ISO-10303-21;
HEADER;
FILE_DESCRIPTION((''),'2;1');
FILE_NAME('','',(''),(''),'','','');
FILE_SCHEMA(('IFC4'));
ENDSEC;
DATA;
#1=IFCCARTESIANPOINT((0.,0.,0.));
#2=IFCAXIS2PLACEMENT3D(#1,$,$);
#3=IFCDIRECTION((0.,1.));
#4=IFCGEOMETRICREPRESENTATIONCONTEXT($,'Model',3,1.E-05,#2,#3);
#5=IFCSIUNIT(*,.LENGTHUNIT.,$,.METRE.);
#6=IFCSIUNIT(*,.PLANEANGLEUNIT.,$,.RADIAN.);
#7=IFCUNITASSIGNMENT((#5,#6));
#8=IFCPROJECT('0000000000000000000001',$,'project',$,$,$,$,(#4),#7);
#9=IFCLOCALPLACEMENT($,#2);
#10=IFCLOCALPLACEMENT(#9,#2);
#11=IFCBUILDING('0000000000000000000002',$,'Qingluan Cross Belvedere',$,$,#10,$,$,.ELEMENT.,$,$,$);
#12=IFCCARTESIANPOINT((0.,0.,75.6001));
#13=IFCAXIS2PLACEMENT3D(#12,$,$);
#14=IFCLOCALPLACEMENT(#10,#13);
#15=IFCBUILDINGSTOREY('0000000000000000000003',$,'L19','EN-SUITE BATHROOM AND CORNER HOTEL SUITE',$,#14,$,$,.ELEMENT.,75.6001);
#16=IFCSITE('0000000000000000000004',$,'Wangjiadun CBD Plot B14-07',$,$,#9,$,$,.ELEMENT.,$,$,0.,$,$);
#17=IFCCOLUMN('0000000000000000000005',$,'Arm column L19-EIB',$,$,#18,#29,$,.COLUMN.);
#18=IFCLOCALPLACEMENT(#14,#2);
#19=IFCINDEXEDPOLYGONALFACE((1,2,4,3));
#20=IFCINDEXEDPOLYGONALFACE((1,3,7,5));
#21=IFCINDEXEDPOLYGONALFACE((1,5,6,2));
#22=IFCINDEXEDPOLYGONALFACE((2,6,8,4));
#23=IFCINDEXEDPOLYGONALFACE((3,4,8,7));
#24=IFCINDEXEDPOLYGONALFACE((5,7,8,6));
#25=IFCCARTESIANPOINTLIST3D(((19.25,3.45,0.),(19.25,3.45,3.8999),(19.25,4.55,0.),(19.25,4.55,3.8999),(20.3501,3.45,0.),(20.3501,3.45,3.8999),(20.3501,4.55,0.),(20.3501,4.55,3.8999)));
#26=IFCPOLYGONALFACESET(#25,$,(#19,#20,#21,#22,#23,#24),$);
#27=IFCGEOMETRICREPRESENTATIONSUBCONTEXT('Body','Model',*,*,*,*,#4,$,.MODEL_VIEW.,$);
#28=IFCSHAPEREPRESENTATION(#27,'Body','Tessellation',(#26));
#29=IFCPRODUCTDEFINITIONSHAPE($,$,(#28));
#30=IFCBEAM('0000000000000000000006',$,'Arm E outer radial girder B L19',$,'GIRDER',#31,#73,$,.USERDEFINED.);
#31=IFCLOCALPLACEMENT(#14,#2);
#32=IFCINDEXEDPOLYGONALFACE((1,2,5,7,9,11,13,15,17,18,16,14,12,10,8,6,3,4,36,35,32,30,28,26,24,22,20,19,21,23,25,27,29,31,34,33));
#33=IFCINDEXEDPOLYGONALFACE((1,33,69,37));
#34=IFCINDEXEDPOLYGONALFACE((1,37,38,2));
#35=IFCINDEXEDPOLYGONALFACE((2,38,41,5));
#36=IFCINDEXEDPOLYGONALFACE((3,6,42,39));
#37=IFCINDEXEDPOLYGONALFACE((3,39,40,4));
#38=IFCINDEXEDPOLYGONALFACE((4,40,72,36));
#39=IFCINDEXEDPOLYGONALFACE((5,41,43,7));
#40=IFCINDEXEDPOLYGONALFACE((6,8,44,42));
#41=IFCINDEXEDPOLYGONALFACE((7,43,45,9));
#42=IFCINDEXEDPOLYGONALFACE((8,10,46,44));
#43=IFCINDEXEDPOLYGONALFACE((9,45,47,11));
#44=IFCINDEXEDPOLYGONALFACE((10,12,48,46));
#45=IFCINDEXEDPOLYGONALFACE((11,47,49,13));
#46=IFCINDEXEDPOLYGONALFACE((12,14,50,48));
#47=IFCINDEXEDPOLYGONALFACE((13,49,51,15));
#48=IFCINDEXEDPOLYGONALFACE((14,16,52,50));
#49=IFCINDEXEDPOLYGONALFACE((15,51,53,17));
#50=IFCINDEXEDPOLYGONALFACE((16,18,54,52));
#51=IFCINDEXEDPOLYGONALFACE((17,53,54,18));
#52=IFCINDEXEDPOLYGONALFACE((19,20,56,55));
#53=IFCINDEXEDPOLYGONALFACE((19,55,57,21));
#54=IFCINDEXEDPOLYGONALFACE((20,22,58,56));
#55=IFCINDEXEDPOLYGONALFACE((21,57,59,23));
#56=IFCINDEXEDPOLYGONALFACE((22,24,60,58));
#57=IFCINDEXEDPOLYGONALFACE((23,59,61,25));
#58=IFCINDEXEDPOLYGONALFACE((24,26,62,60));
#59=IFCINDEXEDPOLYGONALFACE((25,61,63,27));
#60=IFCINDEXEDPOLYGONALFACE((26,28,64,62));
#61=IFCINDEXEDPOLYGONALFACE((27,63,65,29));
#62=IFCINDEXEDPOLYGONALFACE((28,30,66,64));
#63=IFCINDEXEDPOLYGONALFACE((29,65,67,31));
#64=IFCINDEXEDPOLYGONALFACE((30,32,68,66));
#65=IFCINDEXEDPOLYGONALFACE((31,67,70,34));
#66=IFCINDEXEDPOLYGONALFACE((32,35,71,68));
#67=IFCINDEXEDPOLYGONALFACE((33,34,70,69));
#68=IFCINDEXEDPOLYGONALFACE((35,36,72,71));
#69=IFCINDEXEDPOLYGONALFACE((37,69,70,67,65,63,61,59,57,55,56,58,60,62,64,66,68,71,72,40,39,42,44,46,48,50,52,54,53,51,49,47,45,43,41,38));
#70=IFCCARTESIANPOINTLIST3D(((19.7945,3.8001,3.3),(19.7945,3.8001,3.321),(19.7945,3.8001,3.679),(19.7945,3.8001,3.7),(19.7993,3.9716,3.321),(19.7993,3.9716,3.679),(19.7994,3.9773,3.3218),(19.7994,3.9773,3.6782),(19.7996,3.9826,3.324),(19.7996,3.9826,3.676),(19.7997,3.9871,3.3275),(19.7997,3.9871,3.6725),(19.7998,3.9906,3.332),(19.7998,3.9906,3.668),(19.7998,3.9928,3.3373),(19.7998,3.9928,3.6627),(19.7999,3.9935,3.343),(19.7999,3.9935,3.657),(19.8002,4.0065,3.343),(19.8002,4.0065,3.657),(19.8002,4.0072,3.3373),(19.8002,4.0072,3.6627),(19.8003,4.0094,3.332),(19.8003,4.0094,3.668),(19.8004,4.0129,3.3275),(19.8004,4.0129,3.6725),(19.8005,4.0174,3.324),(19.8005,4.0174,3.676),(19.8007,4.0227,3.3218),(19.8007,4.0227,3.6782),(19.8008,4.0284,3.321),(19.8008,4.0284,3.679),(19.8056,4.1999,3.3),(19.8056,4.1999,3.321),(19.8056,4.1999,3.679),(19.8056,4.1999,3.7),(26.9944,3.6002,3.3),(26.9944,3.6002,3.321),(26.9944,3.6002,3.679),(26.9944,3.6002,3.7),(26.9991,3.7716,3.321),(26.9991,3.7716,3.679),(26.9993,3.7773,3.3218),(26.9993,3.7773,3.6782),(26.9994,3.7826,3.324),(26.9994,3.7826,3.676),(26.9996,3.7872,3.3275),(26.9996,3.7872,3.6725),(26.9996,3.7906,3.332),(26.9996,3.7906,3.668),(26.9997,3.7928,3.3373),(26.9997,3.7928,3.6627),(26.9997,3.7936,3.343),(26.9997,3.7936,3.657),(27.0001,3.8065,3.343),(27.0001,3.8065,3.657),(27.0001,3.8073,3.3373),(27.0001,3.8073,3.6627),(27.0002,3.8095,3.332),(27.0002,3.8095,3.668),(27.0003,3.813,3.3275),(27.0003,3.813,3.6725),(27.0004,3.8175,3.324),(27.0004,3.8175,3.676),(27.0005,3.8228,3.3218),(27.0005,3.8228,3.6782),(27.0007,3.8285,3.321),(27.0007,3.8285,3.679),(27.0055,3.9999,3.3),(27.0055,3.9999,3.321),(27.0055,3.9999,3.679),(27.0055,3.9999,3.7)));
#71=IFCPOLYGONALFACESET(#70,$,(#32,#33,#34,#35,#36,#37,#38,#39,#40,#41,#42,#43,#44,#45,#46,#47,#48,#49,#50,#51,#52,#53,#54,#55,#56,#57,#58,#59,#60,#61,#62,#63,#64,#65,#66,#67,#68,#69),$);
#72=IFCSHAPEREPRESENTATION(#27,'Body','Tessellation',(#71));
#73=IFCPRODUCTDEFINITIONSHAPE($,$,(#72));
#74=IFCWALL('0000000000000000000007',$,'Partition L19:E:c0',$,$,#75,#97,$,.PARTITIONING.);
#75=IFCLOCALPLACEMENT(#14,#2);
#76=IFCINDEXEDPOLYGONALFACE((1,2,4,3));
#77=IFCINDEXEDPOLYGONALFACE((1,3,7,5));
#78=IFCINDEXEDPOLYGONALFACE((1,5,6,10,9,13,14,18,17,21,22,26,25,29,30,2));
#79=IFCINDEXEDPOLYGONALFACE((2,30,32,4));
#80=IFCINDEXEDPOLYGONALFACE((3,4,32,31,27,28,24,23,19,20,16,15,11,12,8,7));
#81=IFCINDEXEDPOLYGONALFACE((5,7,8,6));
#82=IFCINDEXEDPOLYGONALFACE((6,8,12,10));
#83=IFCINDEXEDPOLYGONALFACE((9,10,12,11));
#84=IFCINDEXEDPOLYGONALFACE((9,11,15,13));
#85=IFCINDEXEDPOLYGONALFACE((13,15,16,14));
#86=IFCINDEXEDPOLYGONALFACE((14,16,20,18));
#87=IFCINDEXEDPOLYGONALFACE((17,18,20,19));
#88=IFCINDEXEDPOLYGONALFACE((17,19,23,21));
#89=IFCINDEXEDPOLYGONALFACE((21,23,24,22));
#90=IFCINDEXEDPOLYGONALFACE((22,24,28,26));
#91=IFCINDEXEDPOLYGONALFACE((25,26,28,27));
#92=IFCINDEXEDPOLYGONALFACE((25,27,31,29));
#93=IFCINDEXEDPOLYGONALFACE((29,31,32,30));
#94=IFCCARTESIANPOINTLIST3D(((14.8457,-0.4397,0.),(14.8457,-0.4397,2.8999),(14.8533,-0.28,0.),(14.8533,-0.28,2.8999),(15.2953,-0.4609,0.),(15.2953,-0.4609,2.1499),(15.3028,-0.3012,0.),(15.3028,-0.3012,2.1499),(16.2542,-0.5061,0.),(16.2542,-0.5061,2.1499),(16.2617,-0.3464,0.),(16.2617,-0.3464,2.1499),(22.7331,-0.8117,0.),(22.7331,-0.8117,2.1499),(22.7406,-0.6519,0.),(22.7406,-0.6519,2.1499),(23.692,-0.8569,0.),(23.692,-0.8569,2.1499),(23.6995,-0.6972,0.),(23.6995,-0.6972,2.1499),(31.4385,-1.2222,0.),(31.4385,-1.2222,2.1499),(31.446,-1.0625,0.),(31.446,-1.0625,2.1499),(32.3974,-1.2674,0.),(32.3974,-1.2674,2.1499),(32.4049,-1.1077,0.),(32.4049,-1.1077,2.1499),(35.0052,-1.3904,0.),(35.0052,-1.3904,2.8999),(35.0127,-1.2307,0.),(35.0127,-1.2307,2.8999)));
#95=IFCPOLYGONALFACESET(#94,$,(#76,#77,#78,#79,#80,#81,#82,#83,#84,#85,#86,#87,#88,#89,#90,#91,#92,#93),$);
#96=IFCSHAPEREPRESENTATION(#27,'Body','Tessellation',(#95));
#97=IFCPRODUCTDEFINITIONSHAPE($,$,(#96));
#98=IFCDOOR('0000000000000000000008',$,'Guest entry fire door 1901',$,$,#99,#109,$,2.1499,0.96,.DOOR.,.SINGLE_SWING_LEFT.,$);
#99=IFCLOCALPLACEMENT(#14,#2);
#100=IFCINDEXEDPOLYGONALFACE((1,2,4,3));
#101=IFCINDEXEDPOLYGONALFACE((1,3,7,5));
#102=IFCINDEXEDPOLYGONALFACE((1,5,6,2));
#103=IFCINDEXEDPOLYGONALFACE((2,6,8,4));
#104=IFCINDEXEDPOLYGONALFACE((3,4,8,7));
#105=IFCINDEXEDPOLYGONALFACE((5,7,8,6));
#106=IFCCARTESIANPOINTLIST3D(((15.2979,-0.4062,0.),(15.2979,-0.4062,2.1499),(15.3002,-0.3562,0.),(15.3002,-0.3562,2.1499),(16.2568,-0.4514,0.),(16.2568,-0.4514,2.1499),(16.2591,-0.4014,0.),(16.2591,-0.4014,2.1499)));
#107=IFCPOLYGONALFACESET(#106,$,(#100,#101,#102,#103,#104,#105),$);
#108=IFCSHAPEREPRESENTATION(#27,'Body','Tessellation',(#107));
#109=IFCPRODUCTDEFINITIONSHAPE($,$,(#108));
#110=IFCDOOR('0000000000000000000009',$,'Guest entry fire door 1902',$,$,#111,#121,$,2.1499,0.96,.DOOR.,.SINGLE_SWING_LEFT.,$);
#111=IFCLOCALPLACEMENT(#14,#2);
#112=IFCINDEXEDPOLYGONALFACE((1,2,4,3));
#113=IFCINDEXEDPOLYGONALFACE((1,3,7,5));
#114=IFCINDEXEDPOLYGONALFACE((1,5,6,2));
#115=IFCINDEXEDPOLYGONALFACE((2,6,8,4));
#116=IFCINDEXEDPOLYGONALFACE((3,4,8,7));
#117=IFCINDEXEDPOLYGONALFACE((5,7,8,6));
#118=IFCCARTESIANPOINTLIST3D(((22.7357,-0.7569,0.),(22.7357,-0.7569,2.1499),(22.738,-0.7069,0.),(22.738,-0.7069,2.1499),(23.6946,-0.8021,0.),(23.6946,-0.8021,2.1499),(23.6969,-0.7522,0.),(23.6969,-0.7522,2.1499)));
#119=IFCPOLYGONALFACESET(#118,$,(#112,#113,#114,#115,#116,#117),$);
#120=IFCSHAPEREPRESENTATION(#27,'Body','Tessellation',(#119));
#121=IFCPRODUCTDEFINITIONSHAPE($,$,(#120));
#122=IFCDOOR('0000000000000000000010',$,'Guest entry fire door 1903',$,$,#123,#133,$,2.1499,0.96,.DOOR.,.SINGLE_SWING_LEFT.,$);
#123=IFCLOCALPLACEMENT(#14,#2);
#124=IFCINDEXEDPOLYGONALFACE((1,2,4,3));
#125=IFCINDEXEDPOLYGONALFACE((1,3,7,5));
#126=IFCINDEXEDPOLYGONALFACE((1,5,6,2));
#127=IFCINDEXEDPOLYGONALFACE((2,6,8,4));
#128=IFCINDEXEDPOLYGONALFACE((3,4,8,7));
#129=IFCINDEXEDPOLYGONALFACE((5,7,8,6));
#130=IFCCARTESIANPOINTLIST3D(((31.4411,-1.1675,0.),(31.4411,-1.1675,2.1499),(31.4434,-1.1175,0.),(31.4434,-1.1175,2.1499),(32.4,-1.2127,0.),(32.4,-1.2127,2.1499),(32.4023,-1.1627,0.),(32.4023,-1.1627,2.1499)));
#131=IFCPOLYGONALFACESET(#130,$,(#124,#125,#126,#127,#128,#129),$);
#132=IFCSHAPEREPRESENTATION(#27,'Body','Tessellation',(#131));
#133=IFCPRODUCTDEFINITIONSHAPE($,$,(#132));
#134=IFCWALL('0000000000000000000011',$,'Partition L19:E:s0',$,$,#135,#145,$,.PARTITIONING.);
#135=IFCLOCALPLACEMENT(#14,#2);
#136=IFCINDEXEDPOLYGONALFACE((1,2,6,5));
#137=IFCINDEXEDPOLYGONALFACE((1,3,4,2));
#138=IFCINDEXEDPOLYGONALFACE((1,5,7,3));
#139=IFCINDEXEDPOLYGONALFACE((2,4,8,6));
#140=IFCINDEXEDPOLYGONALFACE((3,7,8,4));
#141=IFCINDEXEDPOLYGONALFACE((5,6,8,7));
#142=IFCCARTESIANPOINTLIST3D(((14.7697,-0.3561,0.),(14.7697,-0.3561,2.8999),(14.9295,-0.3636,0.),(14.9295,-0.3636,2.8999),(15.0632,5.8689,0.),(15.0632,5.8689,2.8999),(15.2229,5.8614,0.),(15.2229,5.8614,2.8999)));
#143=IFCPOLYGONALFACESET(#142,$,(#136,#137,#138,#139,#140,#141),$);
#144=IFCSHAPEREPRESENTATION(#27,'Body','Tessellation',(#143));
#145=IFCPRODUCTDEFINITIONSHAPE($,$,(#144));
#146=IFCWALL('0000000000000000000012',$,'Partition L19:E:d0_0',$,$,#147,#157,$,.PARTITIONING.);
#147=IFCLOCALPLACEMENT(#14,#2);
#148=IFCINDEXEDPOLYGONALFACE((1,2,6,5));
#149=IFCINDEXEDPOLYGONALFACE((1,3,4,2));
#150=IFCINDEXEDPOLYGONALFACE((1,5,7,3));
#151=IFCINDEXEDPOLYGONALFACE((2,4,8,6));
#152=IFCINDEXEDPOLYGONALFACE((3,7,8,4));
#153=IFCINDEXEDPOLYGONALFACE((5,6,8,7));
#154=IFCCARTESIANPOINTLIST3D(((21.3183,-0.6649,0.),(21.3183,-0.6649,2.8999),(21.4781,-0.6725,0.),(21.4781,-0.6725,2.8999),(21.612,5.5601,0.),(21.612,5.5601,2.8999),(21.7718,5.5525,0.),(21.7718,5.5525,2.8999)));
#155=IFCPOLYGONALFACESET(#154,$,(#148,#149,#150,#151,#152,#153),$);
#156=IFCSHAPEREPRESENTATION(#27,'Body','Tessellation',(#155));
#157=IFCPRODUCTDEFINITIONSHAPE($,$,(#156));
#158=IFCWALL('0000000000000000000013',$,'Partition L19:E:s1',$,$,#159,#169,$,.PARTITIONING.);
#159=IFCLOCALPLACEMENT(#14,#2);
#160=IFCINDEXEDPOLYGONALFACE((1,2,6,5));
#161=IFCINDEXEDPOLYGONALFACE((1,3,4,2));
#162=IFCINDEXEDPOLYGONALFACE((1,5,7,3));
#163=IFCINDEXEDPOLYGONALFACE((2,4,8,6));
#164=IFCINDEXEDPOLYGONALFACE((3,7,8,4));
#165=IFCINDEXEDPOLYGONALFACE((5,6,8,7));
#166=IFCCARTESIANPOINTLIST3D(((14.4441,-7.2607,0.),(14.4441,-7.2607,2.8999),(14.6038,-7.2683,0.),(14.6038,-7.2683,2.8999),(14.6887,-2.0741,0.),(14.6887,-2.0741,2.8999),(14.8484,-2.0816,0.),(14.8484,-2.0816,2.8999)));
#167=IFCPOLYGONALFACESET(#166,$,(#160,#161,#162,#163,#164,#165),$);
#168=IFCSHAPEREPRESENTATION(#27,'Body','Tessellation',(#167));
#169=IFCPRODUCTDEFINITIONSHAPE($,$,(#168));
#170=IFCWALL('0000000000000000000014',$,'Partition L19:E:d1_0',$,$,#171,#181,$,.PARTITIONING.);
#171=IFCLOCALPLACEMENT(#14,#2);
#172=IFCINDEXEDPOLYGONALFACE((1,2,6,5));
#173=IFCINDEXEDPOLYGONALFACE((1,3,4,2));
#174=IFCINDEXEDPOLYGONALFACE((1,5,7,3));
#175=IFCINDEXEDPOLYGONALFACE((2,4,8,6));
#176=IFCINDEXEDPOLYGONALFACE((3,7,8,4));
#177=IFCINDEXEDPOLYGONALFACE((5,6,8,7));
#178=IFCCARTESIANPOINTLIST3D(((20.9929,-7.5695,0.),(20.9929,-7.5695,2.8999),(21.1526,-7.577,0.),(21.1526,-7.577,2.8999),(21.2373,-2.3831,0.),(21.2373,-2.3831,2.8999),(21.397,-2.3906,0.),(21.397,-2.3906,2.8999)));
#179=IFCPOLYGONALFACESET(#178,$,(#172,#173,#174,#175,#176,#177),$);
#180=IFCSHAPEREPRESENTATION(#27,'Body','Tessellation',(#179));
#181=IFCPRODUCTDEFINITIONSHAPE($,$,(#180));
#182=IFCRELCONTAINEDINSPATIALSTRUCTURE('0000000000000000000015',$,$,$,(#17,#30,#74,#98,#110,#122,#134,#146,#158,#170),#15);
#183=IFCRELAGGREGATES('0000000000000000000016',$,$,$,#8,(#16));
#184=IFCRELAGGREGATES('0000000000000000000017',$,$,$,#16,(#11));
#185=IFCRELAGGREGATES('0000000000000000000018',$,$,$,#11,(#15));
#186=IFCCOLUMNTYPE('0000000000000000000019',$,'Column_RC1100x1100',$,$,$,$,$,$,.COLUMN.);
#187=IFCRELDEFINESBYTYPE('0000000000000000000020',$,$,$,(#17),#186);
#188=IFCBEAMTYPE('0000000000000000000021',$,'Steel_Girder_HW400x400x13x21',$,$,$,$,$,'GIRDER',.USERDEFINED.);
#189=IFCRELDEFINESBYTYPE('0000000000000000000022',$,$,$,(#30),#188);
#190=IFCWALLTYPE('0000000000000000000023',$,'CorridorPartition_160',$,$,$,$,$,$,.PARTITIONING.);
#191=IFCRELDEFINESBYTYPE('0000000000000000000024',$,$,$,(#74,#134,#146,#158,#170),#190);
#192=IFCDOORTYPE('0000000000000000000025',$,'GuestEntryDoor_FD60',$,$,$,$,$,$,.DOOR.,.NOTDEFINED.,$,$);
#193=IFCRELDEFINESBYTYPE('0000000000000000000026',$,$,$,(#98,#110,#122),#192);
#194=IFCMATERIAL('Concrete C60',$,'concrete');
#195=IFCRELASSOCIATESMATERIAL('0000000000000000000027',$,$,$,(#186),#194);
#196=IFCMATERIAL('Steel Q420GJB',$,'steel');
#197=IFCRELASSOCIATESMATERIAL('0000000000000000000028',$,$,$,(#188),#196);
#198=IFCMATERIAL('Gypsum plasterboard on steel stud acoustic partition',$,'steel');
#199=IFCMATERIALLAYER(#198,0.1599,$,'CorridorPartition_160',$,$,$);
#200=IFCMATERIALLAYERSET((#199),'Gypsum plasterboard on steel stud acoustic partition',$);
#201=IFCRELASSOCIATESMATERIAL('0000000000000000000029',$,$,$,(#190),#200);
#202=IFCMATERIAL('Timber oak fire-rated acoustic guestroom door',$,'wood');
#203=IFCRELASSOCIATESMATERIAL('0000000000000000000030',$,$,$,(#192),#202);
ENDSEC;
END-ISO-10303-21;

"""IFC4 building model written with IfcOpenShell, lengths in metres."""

from ifc_helpers import new_model, si_unit, direction, frame, frame_2d, origin, origin_2d, place, context, subcontext, project, spatial, rectangle, i_section, extrude, material, layer, layer_set, material_profile, profile_set, type_object, element, fill, save


model = new_model("IFC4")

# Units and contexts
model_context = context("Model", 3, precision=1e-05, world=origin(), true_north=direction((0.0, 1.0)))
body_context = subcontext(model_context, "Body", "Model", "MODEL_VIEW")
ifc_project = project(units=[si_unit("LENGTHUNIT", "METRE"), si_unit("PLANEANGLEUNIT", "RADIAN")], contexts=[model_context])

# Site, building, storey
site_placement = place(None, origin())
site = spatial("IfcSite", under=ifc_project, at=site_placement, Name="Wangjiadun CBD Plot B14-07", CompositionType="ELEMENT", RefElevation=0.0)
building_placement = place(site_placement, origin())
building = spatial("IfcBuilding", under=site, at=building_placement, Name="Qingluan Cross Belvedere", CompositionType="ELEMENT")
storey_placement = place(building_placement, frame((0.0, 0.0, 75.6001)))
storey = spatial("IfcBuildingStorey", under=building, at=storey_placement, Name="L19", Description="EN-SUITE BATHROOM AND CORNER HOTEL SUITE", CompositionType="ELEMENT", Elevation=75.6001)

# Column
ifc_material_1 = material(Name="Concrete C60", Category="concrete")
ifc_material_profile_1 = material_profile(ifc_material_1, rectangle(XDim=1.1001, YDim=1.1001, at=origin_2d()), Name="RC1100x1100")
ifc_profile_set_1 = profile_set([ifc_material_profile_1], Name="Concrete C60")
column_type = type_object("IfcColumnType", Name="Column_RC1100x1100", PredefinedType="COLUMN", material=ifc_profile_set_1)
column_placement = place(storey_placement, frame((19.8, 4.0, 0.0), z_axis=(0.0, 0.0, 1.0), x_axis=(1.0, 0.0, 0.0)))
element("IfcColumn", 1, at=column_placement, inside=storey, type_object=column_type, Name="Arm column L19-EIB", PredefinedType="COLUMN", context=body_context, shape_type="SweptSolid", body=[
    extrude(rectangle(XDim=1.1001, YDim=1.1001, at=origin_2d()), origin(), (0.0, 0.0, 1.0), 3.8999),
])

# Beam
ifc_material_2 = material(Name="Steel Q420GJB", Category="steel")
ifc_material_profile_2 = material_profile(ifc_material_2, i_section(OverallWidth=0.3999, OverallDepth=0.3999, WebThickness=0.0129, FlangeThickness=0.021, FilletRadius=0.022, at=origin_2d()), Name="HW400x400x13x21")
ifc_profile_set_2 = profile_set([ifc_material_profile_2], Name="Steel Q420GJB")
beam_type = type_object("IfcBeamType", Name="Steel_Girder_HW400x400x13x21", ElementType="GIRDER", PredefinedType="USERDEFINED", material=ifc_profile_set_2)
beam_placement = place(storey_placement, frame((19.8, 4.0, 3.5), z_axis=(0.999615, -0.02776, 0.0), x_axis=(0.02776, 0.999615, 0.0)))
element("IfcBeam", 2, at=beam_placement, inside=storey, type_object=beam_type, Name="Arm E outer radial girder B L19", ObjectType="GIRDER", PredefinedType="USERDEFINED", context=body_context, shape_type="SweptSolid", body=[
    extrude(i_section(OverallWidth=0.3999, OverallDepth=0.3999, WebThickness=0.0129, FlangeThickness=0.021, FilletRadius=0.022, at=origin_2d()), origin(), (0.0, 0.0, 1.0), 7.2026),
])

# Wall, openings, doors
ifc_material_3 = material(Name="Gypsum plasterboard on steel stud acoustic partition", Category="steel")
ifc_layer_1 = layer(ifc_material_3, 0.1599, Name="CorridorPartition_160")
ifc_layer_set_1 = layer_set([ifc_layer_1], Name="Gypsum plasterboard on steel stud acoustic partition")
wall_type_1 = type_object("IfcWallType", Name="CorridorPartition_160", PredefinedType="PARTITIONING", material=ifc_layer_set_1)
wall_1_placement = place(storey_placement, frame((14.8496, -0.3599, 0.0), z_axis=(0.0, 0.0, 1.0), x_axis=(0.99889, -0.047106, 0.0)))
wall_1 = element("IfcWall", 3, at=wall_1_placement, inside=storey, type_object=wall_type_1, Name="Partition L19:E:c0", PredefinedType="PARTITIONING", context=body_context, shape_type="SweptSolid", body=[
    extrude(rectangle(XDim=20.1819, YDim=0.1599, at=frame_2d((10.0908, 0.0))), origin(), (0.0, 0.0, 1.0), 2.8999),
])
opening_1_placement = place(wall_1_placement, frame((0.45, 0.0, 0.0)))
opening_1 = element("IfcOpeningElement", 4, at=opening_1_placement, cuts=wall_1, PredefinedType="OPENING", context=body_context, shape_type="SweptSolid", body=[
    extrude(rectangle(XDim=0.96, YDim=2.1499, at=frame_2d((0.48, 1.075))), frame((0.0, 0.0898, 0.0), z_axis=(0.0, -1.0, 0.0), x_axis=(1.0, 0.0, 0.0)), (0.0, 0.0, 1.0), 0.1799),
])
opening_2_placement = place(wall_1_placement, frame((7.896, 0.0, 0.0)))
opening_2 = element("IfcOpeningElement", 5, at=opening_2_placement, cuts=wall_1, PredefinedType="OPENING", context=body_context, shape_type="SweptSolid", body=[
    extrude(rectangle(XDim=0.96, YDim=2.1499, at=frame_2d((0.48, 1.075))), frame((0.0, 0.0898, 0.0), z_axis=(0.0, -1.0, 0.0), x_axis=(1.0, 0.0, 0.0)), (0.0, 0.0, 1.0), 0.1799),
])
opening_3_placement = place(wall_1_placement, frame((16.6111, 0.0, 0.0)))
opening_3 = element("IfcOpeningElement", 6, at=opening_3_placement, cuts=wall_1, PredefinedType="OPENING", context=body_context, shape_type="SweptSolid", body=[
    extrude(rectangle(XDim=0.96, YDim=2.1499, at=frame_2d((0.48, 1.075))), frame((0.0, 0.0898, 0.0), z_axis=(0.0, -1.0, 0.0), x_axis=(1.0, 0.0, 0.0)), (0.0, 0.0, 1.0), 0.1799),
])
ifc_material_4 = material(Name="Timber oak fire-rated acoustic guestroom door", Category="wood")
door_type_1 = type_object("IfcDoorType", Name="GuestEntryDoor_FD60", OperationType="NOTDEFINED", PredefinedType="DOOR", material=ifc_material_4)
door_1_placement = place(opening_1_placement, origin())
door_1 = element("IfcDoor", 7, at=door_1_placement, inside=storey, type_object=door_type_1, Name="Guest entry fire door 1901", OperationType="SINGLE_SWING_LEFT", OverallHeight=2.1499, OverallWidth=0.96, PredefinedType="DOOR", context=body_context, shape_type="SweptSolid", body=[
    extrude(rectangle(XDim=0.96, YDim=2.1499, at=frame_2d((0.48, 1.075))), frame((0.0, 0.0249, 0.0), z_axis=(0.0, -1.0, 0.0), x_axis=(1.0, 0.0, 0.0)), (0.0, 0.0, 1.0), 0.05),
])
fill(opening_1, door_1)
door_2_placement = place(opening_2_placement, origin())
door_2 = element("IfcDoor", 8, at=door_2_placement, inside=storey, type_object=door_type_1, Name="Guest entry fire door 1902", OperationType="SINGLE_SWING_LEFT", OverallHeight=2.1499, OverallWidth=0.96, PredefinedType="DOOR", context=body_context, shape_type="SweptSolid", body=[
    extrude(rectangle(XDim=0.96, YDim=2.1499, at=frame_2d((0.48, 1.075))), frame((0.0, 0.0249, 0.0), z_axis=(0.0, -1.0, 0.0), x_axis=(1.0, 0.0, 0.0)), (0.0, 0.0, 1.0), 0.05),
])
fill(opening_2, door_2)
door_3_placement = place(opening_3_placement, origin())
door_3 = element("IfcDoor", 9, at=door_3_placement, inside=storey, type_object=door_type_1, Name="Guest entry fire door 1903", OperationType="SINGLE_SWING_LEFT", OverallHeight=2.1499, OverallWidth=0.96, PredefinedType="DOOR", context=body_context, shape_type="SweptSolid", body=[
    extrude(rectangle(XDim=0.96, YDim=2.1499, at=frame_2d((0.48, 1.075))), frame((0.0, 0.0249, 0.0), z_axis=(0.0, -1.0, 0.0), x_axis=(1.0, 0.0, 0.0)), (0.0, 0.0, 1.0), 0.05),
])
fill(opening_3, door_3)

# Walls
for number, where, z_axis, x_axis, name in (
    (10, (14.8496, -0.3599, 0.0), (0.0, 0.0, 1.0), (0.047089, 0.998891, 0.0), "Partition L19:E:s0"),
    (11, (21.3982, -0.6687, 0.0), (0.0, 0.0, 1.0), (0.047128, 0.998889, 0.0), "Partition L19:E:d0_0"),
):
    element("IfcWall", number, at=place(storey_placement, frame(where, z_axis=z_axis, x_axis=x_axis)), inside=storey, type_object=wall_type_1, Name=name, PredefinedType="PARTITIONING", context=body_context, shape_type="SweptSolid", body=[
        extrude(rectangle(XDim=6.2319, YDim=0.1599, at=frame_2d((3.116, 0.0))), origin(), (0.0, 0.0, 1.0), 2.8999),
    ])
wall_2_placement = place(storey_placement, frame((14.7686, -2.0779, 0.0), z_axis=(0.0, 0.0, 1.0), x_axis=(-0.047114, -0.99889, 0.0)))
element("IfcWall", 12, at=wall_2_placement, inside=storey, type_object=wall_type_1, Name="Partition L19:E:s1", PredefinedType="PARTITIONING", context=body_context, shape_type="SweptSolid", body=[
    extrude(rectangle(XDim=5.1924, YDim=0.1599, at=frame_2d((2.5962, 0.0))), origin(), (0.0, 0.0, 1.0), 2.8999),
])
wall_3_placement = place(storey_placement, frame((21.3171, -2.3867, 0.0), z_axis=(0.0, 0.0, 1.0), x_axis=(-0.047069, -0.998892, 0.0)))
element("IfcWall", 13, at=wall_3_placement, inside=storey, type_object=wall_type_1, Name="Partition L19:E:d1_0", PredefinedType="PARTITIONING", context=body_context, shape_type="SweptSolid", body=[
    extrude(rectangle(XDim=5.1921, YDim=0.1599, at=frame_2d((2.5962, 0.0))), origin(), (0.0, 0.0, 1.0), 2.8999),
])

save(model, "model.ifc")
